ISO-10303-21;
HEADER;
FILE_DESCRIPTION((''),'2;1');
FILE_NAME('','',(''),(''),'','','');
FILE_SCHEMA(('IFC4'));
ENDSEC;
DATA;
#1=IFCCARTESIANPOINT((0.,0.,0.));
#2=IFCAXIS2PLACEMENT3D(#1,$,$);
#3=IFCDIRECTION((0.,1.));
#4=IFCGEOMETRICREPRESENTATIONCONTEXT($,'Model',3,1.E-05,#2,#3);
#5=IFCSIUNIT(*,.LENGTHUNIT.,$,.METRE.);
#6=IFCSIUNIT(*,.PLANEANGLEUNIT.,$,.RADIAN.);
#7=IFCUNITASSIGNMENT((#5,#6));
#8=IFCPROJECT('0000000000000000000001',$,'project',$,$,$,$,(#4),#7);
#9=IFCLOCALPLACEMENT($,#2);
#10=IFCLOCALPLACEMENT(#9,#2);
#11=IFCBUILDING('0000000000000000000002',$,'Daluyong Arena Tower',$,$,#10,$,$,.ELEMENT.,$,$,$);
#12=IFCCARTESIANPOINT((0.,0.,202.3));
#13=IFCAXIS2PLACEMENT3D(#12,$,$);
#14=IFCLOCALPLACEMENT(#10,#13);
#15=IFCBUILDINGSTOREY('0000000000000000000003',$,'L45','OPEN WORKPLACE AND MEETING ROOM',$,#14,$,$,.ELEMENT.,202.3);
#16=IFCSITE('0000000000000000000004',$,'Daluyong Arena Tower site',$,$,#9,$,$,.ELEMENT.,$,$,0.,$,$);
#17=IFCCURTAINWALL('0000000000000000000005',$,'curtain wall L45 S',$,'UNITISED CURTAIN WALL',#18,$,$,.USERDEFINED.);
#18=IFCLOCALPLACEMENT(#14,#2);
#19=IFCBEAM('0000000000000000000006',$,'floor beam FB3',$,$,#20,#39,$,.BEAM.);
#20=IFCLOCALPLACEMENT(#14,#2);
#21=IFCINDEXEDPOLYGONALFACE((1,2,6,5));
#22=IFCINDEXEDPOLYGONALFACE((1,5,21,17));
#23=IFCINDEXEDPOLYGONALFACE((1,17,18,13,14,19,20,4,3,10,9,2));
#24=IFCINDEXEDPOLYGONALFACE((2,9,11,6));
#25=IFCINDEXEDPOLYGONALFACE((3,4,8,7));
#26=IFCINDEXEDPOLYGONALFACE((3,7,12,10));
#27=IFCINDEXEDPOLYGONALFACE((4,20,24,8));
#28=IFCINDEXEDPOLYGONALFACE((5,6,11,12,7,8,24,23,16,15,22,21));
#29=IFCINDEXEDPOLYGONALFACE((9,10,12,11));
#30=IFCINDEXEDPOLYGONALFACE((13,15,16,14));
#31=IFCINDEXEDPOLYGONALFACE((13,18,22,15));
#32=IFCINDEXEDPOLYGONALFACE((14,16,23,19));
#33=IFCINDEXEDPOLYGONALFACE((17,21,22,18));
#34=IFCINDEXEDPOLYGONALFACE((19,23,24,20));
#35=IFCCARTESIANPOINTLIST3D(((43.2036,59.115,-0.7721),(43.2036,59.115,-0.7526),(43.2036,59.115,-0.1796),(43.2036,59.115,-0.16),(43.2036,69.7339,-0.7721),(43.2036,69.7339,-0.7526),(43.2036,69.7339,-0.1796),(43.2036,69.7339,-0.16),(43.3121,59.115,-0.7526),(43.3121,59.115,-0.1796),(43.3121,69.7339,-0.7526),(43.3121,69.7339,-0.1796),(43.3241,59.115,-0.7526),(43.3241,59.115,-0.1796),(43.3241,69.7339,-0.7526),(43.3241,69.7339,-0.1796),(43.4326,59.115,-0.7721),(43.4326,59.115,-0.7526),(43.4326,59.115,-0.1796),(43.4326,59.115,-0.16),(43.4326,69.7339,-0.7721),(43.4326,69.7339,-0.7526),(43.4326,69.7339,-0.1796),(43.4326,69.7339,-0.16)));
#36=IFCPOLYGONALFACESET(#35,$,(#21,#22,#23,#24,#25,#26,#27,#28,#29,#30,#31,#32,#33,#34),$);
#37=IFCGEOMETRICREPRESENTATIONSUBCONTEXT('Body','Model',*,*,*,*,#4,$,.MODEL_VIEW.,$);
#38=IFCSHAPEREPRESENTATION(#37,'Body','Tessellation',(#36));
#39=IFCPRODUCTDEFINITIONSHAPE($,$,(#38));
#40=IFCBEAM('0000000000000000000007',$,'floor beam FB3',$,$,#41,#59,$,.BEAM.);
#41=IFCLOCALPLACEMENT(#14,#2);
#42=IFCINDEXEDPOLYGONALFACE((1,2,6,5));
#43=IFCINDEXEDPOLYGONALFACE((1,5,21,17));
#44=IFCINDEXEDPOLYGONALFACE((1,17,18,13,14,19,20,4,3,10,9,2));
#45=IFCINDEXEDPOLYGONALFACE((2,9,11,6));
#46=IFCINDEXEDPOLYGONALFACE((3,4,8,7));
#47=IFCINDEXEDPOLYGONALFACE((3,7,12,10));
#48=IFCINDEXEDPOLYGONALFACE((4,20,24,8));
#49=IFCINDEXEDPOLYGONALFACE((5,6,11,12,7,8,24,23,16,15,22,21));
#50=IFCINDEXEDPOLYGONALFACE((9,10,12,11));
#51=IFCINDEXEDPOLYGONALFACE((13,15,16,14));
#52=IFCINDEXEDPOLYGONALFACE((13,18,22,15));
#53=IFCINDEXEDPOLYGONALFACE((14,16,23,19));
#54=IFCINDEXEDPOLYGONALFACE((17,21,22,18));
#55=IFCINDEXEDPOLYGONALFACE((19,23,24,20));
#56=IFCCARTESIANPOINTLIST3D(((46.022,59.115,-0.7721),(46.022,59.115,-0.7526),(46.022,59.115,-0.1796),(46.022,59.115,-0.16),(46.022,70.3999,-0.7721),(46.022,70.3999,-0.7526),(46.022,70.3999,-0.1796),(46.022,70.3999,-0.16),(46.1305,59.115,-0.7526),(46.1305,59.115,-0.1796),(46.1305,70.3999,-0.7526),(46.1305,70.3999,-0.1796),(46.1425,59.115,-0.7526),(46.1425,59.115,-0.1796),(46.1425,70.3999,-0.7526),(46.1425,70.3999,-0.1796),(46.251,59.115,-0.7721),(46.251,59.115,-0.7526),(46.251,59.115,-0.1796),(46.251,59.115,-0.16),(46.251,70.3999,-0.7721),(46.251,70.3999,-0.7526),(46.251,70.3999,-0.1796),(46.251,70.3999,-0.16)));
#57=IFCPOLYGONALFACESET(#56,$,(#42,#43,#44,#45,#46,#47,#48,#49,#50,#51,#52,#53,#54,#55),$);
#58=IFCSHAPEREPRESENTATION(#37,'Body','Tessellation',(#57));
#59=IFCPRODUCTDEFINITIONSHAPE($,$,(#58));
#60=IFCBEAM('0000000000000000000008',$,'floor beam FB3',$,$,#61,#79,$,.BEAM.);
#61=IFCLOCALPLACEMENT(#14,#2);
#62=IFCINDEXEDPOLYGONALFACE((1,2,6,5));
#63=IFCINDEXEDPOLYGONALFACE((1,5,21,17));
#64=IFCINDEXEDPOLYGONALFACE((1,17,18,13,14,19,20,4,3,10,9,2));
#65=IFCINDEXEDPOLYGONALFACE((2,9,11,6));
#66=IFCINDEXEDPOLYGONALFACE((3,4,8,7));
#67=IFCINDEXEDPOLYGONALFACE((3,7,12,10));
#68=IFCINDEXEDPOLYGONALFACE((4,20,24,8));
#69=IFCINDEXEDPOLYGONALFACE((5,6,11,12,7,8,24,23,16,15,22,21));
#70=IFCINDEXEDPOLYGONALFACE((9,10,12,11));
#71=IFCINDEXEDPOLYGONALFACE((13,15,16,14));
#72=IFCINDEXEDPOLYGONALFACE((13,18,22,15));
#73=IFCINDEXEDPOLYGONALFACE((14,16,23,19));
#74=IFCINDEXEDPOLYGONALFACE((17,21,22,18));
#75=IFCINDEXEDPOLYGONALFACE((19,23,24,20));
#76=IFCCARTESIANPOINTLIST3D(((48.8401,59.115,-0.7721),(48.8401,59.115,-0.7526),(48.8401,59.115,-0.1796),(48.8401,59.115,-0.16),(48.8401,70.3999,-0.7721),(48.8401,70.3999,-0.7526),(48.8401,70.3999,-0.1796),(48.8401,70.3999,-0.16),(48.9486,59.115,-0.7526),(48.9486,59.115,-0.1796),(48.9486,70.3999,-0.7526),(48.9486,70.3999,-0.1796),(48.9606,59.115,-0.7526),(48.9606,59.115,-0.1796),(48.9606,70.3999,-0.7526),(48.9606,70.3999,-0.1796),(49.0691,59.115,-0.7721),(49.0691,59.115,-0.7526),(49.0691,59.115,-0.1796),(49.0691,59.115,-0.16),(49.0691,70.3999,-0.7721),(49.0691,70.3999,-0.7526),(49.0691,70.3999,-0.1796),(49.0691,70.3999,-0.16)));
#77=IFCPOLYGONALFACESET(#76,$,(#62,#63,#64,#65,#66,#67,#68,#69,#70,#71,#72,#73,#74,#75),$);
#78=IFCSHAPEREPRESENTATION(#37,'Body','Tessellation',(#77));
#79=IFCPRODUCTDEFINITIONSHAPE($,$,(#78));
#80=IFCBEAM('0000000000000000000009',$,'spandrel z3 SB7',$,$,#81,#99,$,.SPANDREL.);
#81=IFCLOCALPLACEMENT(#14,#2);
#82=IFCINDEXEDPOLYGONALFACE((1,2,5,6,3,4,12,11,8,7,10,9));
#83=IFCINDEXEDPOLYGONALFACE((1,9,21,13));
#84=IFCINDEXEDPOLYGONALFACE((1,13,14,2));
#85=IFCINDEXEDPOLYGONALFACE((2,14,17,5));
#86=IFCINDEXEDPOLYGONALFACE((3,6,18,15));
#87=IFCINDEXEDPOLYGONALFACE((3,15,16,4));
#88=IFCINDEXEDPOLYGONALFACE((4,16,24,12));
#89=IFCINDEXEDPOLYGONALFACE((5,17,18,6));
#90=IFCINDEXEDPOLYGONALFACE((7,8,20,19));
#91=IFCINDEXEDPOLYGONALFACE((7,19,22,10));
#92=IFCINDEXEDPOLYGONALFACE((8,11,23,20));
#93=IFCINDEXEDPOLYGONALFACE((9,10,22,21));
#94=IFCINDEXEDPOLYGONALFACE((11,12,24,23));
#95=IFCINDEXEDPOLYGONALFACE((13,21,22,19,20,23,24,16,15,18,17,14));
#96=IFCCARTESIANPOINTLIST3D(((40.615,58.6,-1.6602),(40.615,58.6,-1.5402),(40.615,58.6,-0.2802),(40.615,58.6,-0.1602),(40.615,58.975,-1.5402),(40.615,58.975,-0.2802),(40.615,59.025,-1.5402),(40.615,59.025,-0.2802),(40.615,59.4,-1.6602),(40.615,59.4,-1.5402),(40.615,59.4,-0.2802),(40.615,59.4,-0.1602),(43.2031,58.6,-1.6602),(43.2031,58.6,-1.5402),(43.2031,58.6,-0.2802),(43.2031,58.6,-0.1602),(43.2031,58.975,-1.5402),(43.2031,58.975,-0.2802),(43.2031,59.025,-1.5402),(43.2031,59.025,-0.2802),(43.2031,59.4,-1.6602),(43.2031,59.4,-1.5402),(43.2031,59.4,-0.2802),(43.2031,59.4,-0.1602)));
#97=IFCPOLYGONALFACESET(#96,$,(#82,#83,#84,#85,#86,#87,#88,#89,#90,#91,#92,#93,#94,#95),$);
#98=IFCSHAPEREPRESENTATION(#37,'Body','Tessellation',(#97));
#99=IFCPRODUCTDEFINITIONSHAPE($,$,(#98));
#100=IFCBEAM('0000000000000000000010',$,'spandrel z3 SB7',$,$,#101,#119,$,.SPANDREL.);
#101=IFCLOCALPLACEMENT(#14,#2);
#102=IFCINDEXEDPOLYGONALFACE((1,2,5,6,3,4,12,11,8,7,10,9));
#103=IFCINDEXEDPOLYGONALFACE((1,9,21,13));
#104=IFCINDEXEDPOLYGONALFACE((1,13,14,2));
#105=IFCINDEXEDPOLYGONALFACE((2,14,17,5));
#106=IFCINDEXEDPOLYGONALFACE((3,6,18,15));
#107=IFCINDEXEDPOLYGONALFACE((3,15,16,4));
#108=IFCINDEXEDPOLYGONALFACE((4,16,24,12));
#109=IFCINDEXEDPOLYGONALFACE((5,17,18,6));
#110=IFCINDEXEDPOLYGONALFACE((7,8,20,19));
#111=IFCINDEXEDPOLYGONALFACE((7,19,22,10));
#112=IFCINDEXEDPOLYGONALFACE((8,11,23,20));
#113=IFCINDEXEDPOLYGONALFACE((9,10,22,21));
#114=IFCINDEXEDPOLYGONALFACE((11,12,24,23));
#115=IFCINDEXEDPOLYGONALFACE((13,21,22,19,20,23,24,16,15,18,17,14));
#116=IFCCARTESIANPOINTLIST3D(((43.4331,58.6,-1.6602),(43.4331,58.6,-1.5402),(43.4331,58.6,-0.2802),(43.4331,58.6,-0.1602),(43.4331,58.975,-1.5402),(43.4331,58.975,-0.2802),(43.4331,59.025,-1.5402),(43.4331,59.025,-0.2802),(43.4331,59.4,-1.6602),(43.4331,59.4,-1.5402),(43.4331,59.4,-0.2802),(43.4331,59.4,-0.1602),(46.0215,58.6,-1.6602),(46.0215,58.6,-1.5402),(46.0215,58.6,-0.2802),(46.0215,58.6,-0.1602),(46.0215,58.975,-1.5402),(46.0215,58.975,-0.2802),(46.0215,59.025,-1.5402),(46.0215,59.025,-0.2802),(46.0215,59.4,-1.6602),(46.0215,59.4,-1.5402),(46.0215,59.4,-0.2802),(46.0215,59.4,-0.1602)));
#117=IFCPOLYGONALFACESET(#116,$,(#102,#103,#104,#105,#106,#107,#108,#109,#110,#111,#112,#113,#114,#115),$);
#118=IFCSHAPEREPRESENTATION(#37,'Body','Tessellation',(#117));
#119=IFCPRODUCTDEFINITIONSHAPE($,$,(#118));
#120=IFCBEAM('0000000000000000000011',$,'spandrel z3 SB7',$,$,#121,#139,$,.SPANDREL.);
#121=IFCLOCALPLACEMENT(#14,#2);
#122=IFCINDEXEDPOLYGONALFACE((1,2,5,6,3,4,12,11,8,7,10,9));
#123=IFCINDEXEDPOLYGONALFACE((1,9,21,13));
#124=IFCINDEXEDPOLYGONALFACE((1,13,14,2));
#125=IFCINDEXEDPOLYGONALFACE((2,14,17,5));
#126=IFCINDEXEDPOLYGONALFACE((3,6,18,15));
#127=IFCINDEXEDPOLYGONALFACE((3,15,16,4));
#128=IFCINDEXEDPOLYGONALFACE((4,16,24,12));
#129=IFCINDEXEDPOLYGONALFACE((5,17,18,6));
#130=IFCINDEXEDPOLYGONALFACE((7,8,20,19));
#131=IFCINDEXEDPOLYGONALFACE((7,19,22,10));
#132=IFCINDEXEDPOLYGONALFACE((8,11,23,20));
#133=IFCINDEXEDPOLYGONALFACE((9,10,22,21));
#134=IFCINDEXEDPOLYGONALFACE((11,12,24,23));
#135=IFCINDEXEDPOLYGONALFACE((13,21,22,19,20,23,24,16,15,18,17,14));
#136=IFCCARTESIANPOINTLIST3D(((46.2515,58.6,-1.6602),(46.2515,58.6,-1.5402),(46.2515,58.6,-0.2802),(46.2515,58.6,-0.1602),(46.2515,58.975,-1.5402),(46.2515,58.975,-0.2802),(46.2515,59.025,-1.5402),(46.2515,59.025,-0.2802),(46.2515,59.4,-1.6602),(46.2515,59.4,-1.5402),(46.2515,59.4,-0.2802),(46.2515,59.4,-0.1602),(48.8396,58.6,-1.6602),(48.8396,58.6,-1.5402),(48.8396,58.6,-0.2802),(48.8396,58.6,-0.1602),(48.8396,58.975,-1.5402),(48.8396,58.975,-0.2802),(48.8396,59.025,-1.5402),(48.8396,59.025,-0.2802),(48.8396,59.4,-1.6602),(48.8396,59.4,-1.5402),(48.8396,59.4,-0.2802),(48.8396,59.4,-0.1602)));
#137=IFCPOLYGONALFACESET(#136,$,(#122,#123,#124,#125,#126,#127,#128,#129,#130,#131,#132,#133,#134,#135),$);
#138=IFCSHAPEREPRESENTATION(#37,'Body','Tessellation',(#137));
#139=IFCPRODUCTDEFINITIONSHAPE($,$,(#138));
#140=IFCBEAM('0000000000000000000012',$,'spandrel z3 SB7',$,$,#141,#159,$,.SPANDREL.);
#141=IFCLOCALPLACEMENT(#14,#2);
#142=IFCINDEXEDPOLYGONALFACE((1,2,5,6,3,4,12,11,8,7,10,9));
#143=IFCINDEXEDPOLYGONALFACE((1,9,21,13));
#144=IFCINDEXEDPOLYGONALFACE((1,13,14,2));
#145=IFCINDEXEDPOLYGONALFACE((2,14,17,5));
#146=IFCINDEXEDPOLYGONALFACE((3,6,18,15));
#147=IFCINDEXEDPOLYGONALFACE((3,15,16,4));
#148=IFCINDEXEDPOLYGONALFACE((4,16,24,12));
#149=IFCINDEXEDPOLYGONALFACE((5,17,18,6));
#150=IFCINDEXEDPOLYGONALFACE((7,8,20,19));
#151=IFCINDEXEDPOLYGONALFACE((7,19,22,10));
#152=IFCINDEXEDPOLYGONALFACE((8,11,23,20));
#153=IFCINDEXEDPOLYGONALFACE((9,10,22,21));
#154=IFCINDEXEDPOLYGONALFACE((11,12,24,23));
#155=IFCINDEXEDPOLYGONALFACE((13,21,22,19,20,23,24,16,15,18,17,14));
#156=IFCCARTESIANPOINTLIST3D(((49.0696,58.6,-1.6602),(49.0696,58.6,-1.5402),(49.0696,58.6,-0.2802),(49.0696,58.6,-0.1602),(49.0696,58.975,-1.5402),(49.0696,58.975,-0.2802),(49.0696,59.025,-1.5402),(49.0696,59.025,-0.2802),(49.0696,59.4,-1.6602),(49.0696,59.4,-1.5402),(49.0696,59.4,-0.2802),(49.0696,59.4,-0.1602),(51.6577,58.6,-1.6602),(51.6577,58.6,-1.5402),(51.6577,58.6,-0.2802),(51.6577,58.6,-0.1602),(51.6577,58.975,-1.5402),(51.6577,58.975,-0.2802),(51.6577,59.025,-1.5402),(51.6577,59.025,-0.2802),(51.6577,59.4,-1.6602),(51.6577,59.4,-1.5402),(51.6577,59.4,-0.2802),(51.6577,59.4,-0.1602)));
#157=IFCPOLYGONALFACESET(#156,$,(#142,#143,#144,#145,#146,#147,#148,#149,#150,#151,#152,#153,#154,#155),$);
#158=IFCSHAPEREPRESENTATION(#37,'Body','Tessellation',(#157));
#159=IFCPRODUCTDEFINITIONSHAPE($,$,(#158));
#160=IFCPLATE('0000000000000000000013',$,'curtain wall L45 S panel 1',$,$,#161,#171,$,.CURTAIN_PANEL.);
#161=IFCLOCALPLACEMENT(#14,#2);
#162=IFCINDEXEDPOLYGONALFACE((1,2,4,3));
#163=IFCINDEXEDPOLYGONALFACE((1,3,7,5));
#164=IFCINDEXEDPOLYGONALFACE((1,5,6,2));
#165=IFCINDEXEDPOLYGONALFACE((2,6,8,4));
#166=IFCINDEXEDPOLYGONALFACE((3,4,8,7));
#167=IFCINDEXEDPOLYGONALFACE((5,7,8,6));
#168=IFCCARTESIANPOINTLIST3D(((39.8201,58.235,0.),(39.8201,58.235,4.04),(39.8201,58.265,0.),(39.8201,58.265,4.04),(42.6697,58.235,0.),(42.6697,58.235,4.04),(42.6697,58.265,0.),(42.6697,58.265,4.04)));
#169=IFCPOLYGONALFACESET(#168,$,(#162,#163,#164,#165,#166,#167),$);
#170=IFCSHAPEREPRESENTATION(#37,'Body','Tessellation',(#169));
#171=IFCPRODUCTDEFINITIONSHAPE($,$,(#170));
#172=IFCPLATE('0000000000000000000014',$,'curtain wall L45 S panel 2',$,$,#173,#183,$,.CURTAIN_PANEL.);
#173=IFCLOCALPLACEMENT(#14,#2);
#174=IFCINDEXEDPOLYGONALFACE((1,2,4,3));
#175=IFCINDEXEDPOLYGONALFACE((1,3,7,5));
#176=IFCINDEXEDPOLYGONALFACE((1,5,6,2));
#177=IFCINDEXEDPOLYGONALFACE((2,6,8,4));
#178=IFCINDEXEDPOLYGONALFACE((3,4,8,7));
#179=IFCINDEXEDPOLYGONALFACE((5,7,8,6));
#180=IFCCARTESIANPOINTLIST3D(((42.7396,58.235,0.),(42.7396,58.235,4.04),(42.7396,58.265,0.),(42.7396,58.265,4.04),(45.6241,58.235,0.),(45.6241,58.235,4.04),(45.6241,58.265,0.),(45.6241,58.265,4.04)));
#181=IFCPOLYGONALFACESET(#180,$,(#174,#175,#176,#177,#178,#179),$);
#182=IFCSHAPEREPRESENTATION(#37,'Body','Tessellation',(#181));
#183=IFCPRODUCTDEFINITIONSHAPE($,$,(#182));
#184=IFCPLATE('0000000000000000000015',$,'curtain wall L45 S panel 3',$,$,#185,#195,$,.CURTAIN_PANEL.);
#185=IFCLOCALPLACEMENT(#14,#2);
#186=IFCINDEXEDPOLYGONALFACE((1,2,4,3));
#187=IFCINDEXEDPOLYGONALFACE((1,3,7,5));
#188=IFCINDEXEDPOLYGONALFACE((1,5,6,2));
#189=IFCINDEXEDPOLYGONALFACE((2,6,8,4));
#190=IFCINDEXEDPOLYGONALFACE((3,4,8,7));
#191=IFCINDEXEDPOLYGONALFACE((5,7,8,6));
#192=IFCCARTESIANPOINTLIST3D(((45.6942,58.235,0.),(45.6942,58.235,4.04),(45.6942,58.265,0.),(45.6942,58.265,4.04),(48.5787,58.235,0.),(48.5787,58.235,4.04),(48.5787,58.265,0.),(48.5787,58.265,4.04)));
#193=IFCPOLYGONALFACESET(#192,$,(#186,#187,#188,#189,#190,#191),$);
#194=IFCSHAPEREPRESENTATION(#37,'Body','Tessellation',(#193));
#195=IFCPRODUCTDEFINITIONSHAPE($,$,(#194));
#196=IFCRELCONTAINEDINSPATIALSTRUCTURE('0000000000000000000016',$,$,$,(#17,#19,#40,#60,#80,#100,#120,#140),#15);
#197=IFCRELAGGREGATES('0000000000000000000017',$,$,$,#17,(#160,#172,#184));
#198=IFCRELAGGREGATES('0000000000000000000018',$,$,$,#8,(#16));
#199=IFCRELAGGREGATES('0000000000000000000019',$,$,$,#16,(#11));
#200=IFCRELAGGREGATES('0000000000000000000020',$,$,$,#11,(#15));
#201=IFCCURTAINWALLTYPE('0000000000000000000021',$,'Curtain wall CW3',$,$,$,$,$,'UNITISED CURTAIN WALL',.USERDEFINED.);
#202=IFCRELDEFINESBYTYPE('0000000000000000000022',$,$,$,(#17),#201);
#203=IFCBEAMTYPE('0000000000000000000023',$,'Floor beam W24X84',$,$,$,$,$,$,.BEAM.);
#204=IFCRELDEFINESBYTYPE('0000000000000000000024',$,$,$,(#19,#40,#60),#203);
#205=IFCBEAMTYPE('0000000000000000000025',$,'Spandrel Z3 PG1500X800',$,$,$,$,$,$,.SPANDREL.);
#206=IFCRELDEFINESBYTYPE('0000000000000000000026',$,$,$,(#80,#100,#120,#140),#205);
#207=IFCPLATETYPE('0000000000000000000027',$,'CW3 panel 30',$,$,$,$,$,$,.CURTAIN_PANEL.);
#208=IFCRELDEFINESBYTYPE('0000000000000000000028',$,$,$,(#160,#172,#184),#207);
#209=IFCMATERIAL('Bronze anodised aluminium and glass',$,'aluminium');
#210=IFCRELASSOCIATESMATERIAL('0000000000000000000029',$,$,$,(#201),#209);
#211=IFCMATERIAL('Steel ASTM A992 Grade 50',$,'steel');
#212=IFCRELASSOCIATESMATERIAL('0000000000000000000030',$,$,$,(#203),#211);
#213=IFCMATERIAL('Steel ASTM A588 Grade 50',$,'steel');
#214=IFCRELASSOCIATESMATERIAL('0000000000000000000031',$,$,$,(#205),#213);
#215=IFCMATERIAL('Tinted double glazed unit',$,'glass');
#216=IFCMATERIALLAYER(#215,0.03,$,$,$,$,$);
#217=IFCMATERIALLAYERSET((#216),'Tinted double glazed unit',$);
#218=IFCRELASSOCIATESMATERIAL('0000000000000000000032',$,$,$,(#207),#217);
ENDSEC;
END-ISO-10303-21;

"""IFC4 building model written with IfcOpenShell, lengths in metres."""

from ifc_helpers import new_model, si_unit, direction, frame, origin, origin_2d, place, context, subcontext, project, spatial, rectangle, i_section, extrude, material, layer, layer_set, material_profile, profile_set, type_object, element, aggregate, save


model = new_model("IFC4")

# Units and contexts
model_context = context("Model", 3, precision=1e-05, world=origin(), true_north=direction((0.0, 1.0)))
body_context = subcontext(model_context, "Body", "Model", "MODEL_VIEW")
ifc_project = project(units=[si_unit("LENGTHUNIT", "METRE"), si_unit("PLANEANGLEUNIT", "RADIAN")], contexts=[model_context])

# Site, building, storey
site_placement = place(None, origin())
site = spatial("IfcSite", under=ifc_project, at=site_placement, Name="Daluyong Arena Tower site", CompositionType="ELEMENT", RefElevation=0.0)
building_placement = place(site_placement, origin())
building = spatial("IfcBuilding", under=site, at=building_placement, Name="Daluyong Arena Tower", CompositionType="ELEMENT")
storey_placement = place(building_placement, frame((0.0, 0.0, 202.3)))
storey = spatial("IfcBuildingStorey", under=building, at=storey_placement, Name="L45", Description="OPEN WORKPLACE AND MEETING ROOM", CompositionType="ELEMENT", Elevation=202.3)

# Curtain wall
ifc_material_1 = material(Name="Bronze anodised aluminium and glass", Category="aluminium")
curtain_wall_type_1 = type_object("IfcCurtainWallType", Name="Curtain wall CW3", ElementType="UNITISED CURTAIN WALL", PredefinedType="USERDEFINED", material=ifc_material_1)
curtain_wall_1_placement = place(storey_placement, origin())
curtain_wall_1 = element("IfcCurtainWall", 1, at=curtain_wall_1_placement, inside=storey, type_object=curtain_wall_type_1, Name="curtain wall L45 S", ObjectType="UNITISED CURTAIN WALL", PredefinedType="USERDEFINED")

# Beams
ifc_material_2 = material(Name="Steel ASTM A992 Grade 50", Category="steel")
ifc_material_profile_1 = material_profile(ifc_material_2, i_section(OverallWidth=0.229, OverallDepth=0.6121, WebThickness=0.012, FlangeThickness=0.0195, at=origin_2d()))
ifc_profile_set_1 = profile_set([ifc_material_profile_1], Name="Steel ASTM A992 Grade 50")
beam_type_1 = type_object("IfcBeamType", Name="Floor beam W24X84", PredefinedType="BEAM", material=ifc_profile_set_1)
beam_1_placement = place(storey_placement, frame((43.3181, 59.115, -0.4661), z_axis=(0.0, 1.0, 0.0), x_axis=(-1.0, 0.0, 0.0)))
element("IfcBeam", 2, at=beam_1_placement, inside=storey, type_object=beam_type_1, Name="floor beam FB3", PredefinedType="BEAM", context=body_context, shape_type="SweptSolid", body=[
    extrude(i_section(OverallWidth=0.229, OverallDepth=0.6121, WebThickness=0.012, FlangeThickness=0.0195, at=origin_2d()), origin(), (0.0, 0.0, 1.0), 10.6189),
])
for number, where, z_axis, x_axis, name in (
    (3, (46.1365, 59.115, -0.4661), (0.0, 1.0, 0.0), (-1.0, 0.0, 0.0), "floor beam FB3"),
    (4, (48.9546, 59.115, -0.4661), (0.0, 1.0, 0.0), (-1.0, 0.0, 0.0), "floor beam FB3"),
):
    element("IfcBeam", number, at=place(storey_placement, frame(where, z_axis=z_axis, x_axis=x_axis)), inside=storey, type_object=beam_type_1, Name=name, PredefinedType="BEAM", context=body_context, shape_type="SweptSolid", body=[
        extrude(i_section(OverallWidth=0.229, OverallDepth=0.6121, WebThickness=0.012, FlangeThickness=0.0195, at=origin_2d()), origin(), (0.0, 0.0, 1.0), 11.2849),
    ])
ifc_material_3 = material(Name="Steel ASTM A588 Grade 50", Category="steel")
ifc_material_profile_2 = material_profile(ifc_material_3, i_section(OverallWidth=0.8, OverallDepth=1.5, WebThickness=0.05, FlangeThickness=0.12, at=origin_2d()))
ifc_profile_set_2 = profile_set([ifc_material_profile_2], Name="Steel ASTM A588 Grade 50")
beam_type_2 = type_object("IfcBeamType", Name="Spandrel Z3 PG1500X800", PredefinedType="SPANDREL", material=ifc_profile_set_2)
beam_2_placement = place(storey_placement, frame((40.615, 59.0, -0.9102), z_axis=(1.0, 0.0, 0.0), x_axis=(0.0, 1.0, 0.0)))
element("IfcBeam", 5, at=beam_2_placement, inside=storey, type_object=beam_type_2, Name="spandrel z3 SB7", PredefinedType="SPANDREL", context=body_context, shape_type="SweptSolid", body=[
    extrude(i_section(OverallWidth=0.8, OverallDepth=1.5, WebThickness=0.05, FlangeThickness=0.12, at=origin_2d()), origin(), (0.0, 0.0, 1.0), 2.5881),
])
beam_3_placement = place(storey_placement, frame((43.4331, 59.0, -0.9102), z_axis=(1.0, 0.0, 0.0), x_axis=(0.0, 1.0, 0.0)))
element("IfcBeam", 6, at=beam_3_placement, inside=storey, type_object=beam_type_2, Name="spandrel z3 SB7", PredefinedType="SPANDREL", context=body_context, shape_type="SweptSolid", body=[
    extrude(i_section(OverallWidth=0.8, OverallDepth=1.5, WebThickness=0.05, FlangeThickness=0.12, at=origin_2d()), origin(), (0.0, 0.0, 1.0), 2.5884),
])
for number, where, z_axis, x_axis, name in (
    (7, (46.2515, 59.0, -0.9102), (1.0, 0.0, 0.0), (0.0, 1.0, 0.0), "spandrel z3 SB7"),
    (8, (49.0696, 59.0, -0.9102), (1.0, 0.0, 0.0), (0.0, 1.0, 0.0), "spandrel z3 SB7"),
):
    element("IfcBeam", number, at=place(storey_placement, frame(where, z_axis=z_axis, x_axis=x_axis)), inside=storey, type_object=beam_type_2, Name=name, PredefinedType="SPANDREL", context=body_context, shape_type="SweptSolid", body=[
        extrude(i_section(OverallWidth=0.8, OverallDepth=1.5, WebThickness=0.05, FlangeThickness=0.12, at=origin_2d()), origin(), (0.0, 0.0, 1.0), 2.5881),
    ])

# Plates
ifc_material_4 = material(Name="Tinted double glazed unit", Category="glass")
ifc_layer_1 = layer(ifc_material_4, 0.03)
ifc_layer_set_1 = layer_set([ifc_layer_1], Name="Tinted double glazed unit")
plate_type = type_object("IfcPlateType", Name="CW3 panel 30", PredefinedType="CURTAIN_PANEL", material=ifc_layer_set_1)
plate_1_placement = place(storey_placement, frame((41.2449, 58.25, 0.0), z_axis=(0.0, 0.0, 1.0), x_axis=(1.0, 0.0, 0.0)))
plate_1 = element("IfcPlate", 9, at=plate_1_placement, type_object=plate_type, Name="curtain wall L45 S panel 1", PredefinedType="CURTAIN_PANEL", context=body_context, shape_type="SweptSolid", body=[
    extrude(rectangle(XDim=2.8496, YDim=0.03, at=origin_2d()), origin(), (0.0, 0.0, 1.0), 4.04),
])
plate_2_placement = place(storey_placement, frame((44.1819, 58.25, 0.0), z_axis=(0.0, 0.0, 1.0), x_axis=(1.0, 0.0, 0.0)))
plate_2 = element("IfcPlate", 10, at=plate_2_placement, type_object=plate_type, Name="curtain wall L45 S panel 2", PredefinedType="CURTAIN_PANEL", context=body_context, shape_type="SweptSolid", body=[
    extrude(rectangle(XDim=2.8845, YDim=0.03, at=origin_2d()), origin(), (0.0, 0.0, 1.0), 4.04),
])
plate_3_placement = place(storey_placement, frame((47.1365, 58.25, 0.0), z_axis=(0.0, 0.0, 1.0), x_axis=(1.0, 0.0, 0.0)))
plate_3 = element("IfcPlate", 11, at=plate_3_placement, type_object=plate_type, Name="curtain wall L45 S panel 3", PredefinedType="CURTAIN_PANEL", context=body_context, shape_type="SweptSolid", body=[
    extrude(rectangle(XDim=2.8845, YDim=0.03, at=origin_2d()), origin(), (0.0, 0.0, 1.0), 4.04),
])
aggregate(curtain_wall_1, [plate_1, plate_2, plate_3])

save(model, "model.ifc")
